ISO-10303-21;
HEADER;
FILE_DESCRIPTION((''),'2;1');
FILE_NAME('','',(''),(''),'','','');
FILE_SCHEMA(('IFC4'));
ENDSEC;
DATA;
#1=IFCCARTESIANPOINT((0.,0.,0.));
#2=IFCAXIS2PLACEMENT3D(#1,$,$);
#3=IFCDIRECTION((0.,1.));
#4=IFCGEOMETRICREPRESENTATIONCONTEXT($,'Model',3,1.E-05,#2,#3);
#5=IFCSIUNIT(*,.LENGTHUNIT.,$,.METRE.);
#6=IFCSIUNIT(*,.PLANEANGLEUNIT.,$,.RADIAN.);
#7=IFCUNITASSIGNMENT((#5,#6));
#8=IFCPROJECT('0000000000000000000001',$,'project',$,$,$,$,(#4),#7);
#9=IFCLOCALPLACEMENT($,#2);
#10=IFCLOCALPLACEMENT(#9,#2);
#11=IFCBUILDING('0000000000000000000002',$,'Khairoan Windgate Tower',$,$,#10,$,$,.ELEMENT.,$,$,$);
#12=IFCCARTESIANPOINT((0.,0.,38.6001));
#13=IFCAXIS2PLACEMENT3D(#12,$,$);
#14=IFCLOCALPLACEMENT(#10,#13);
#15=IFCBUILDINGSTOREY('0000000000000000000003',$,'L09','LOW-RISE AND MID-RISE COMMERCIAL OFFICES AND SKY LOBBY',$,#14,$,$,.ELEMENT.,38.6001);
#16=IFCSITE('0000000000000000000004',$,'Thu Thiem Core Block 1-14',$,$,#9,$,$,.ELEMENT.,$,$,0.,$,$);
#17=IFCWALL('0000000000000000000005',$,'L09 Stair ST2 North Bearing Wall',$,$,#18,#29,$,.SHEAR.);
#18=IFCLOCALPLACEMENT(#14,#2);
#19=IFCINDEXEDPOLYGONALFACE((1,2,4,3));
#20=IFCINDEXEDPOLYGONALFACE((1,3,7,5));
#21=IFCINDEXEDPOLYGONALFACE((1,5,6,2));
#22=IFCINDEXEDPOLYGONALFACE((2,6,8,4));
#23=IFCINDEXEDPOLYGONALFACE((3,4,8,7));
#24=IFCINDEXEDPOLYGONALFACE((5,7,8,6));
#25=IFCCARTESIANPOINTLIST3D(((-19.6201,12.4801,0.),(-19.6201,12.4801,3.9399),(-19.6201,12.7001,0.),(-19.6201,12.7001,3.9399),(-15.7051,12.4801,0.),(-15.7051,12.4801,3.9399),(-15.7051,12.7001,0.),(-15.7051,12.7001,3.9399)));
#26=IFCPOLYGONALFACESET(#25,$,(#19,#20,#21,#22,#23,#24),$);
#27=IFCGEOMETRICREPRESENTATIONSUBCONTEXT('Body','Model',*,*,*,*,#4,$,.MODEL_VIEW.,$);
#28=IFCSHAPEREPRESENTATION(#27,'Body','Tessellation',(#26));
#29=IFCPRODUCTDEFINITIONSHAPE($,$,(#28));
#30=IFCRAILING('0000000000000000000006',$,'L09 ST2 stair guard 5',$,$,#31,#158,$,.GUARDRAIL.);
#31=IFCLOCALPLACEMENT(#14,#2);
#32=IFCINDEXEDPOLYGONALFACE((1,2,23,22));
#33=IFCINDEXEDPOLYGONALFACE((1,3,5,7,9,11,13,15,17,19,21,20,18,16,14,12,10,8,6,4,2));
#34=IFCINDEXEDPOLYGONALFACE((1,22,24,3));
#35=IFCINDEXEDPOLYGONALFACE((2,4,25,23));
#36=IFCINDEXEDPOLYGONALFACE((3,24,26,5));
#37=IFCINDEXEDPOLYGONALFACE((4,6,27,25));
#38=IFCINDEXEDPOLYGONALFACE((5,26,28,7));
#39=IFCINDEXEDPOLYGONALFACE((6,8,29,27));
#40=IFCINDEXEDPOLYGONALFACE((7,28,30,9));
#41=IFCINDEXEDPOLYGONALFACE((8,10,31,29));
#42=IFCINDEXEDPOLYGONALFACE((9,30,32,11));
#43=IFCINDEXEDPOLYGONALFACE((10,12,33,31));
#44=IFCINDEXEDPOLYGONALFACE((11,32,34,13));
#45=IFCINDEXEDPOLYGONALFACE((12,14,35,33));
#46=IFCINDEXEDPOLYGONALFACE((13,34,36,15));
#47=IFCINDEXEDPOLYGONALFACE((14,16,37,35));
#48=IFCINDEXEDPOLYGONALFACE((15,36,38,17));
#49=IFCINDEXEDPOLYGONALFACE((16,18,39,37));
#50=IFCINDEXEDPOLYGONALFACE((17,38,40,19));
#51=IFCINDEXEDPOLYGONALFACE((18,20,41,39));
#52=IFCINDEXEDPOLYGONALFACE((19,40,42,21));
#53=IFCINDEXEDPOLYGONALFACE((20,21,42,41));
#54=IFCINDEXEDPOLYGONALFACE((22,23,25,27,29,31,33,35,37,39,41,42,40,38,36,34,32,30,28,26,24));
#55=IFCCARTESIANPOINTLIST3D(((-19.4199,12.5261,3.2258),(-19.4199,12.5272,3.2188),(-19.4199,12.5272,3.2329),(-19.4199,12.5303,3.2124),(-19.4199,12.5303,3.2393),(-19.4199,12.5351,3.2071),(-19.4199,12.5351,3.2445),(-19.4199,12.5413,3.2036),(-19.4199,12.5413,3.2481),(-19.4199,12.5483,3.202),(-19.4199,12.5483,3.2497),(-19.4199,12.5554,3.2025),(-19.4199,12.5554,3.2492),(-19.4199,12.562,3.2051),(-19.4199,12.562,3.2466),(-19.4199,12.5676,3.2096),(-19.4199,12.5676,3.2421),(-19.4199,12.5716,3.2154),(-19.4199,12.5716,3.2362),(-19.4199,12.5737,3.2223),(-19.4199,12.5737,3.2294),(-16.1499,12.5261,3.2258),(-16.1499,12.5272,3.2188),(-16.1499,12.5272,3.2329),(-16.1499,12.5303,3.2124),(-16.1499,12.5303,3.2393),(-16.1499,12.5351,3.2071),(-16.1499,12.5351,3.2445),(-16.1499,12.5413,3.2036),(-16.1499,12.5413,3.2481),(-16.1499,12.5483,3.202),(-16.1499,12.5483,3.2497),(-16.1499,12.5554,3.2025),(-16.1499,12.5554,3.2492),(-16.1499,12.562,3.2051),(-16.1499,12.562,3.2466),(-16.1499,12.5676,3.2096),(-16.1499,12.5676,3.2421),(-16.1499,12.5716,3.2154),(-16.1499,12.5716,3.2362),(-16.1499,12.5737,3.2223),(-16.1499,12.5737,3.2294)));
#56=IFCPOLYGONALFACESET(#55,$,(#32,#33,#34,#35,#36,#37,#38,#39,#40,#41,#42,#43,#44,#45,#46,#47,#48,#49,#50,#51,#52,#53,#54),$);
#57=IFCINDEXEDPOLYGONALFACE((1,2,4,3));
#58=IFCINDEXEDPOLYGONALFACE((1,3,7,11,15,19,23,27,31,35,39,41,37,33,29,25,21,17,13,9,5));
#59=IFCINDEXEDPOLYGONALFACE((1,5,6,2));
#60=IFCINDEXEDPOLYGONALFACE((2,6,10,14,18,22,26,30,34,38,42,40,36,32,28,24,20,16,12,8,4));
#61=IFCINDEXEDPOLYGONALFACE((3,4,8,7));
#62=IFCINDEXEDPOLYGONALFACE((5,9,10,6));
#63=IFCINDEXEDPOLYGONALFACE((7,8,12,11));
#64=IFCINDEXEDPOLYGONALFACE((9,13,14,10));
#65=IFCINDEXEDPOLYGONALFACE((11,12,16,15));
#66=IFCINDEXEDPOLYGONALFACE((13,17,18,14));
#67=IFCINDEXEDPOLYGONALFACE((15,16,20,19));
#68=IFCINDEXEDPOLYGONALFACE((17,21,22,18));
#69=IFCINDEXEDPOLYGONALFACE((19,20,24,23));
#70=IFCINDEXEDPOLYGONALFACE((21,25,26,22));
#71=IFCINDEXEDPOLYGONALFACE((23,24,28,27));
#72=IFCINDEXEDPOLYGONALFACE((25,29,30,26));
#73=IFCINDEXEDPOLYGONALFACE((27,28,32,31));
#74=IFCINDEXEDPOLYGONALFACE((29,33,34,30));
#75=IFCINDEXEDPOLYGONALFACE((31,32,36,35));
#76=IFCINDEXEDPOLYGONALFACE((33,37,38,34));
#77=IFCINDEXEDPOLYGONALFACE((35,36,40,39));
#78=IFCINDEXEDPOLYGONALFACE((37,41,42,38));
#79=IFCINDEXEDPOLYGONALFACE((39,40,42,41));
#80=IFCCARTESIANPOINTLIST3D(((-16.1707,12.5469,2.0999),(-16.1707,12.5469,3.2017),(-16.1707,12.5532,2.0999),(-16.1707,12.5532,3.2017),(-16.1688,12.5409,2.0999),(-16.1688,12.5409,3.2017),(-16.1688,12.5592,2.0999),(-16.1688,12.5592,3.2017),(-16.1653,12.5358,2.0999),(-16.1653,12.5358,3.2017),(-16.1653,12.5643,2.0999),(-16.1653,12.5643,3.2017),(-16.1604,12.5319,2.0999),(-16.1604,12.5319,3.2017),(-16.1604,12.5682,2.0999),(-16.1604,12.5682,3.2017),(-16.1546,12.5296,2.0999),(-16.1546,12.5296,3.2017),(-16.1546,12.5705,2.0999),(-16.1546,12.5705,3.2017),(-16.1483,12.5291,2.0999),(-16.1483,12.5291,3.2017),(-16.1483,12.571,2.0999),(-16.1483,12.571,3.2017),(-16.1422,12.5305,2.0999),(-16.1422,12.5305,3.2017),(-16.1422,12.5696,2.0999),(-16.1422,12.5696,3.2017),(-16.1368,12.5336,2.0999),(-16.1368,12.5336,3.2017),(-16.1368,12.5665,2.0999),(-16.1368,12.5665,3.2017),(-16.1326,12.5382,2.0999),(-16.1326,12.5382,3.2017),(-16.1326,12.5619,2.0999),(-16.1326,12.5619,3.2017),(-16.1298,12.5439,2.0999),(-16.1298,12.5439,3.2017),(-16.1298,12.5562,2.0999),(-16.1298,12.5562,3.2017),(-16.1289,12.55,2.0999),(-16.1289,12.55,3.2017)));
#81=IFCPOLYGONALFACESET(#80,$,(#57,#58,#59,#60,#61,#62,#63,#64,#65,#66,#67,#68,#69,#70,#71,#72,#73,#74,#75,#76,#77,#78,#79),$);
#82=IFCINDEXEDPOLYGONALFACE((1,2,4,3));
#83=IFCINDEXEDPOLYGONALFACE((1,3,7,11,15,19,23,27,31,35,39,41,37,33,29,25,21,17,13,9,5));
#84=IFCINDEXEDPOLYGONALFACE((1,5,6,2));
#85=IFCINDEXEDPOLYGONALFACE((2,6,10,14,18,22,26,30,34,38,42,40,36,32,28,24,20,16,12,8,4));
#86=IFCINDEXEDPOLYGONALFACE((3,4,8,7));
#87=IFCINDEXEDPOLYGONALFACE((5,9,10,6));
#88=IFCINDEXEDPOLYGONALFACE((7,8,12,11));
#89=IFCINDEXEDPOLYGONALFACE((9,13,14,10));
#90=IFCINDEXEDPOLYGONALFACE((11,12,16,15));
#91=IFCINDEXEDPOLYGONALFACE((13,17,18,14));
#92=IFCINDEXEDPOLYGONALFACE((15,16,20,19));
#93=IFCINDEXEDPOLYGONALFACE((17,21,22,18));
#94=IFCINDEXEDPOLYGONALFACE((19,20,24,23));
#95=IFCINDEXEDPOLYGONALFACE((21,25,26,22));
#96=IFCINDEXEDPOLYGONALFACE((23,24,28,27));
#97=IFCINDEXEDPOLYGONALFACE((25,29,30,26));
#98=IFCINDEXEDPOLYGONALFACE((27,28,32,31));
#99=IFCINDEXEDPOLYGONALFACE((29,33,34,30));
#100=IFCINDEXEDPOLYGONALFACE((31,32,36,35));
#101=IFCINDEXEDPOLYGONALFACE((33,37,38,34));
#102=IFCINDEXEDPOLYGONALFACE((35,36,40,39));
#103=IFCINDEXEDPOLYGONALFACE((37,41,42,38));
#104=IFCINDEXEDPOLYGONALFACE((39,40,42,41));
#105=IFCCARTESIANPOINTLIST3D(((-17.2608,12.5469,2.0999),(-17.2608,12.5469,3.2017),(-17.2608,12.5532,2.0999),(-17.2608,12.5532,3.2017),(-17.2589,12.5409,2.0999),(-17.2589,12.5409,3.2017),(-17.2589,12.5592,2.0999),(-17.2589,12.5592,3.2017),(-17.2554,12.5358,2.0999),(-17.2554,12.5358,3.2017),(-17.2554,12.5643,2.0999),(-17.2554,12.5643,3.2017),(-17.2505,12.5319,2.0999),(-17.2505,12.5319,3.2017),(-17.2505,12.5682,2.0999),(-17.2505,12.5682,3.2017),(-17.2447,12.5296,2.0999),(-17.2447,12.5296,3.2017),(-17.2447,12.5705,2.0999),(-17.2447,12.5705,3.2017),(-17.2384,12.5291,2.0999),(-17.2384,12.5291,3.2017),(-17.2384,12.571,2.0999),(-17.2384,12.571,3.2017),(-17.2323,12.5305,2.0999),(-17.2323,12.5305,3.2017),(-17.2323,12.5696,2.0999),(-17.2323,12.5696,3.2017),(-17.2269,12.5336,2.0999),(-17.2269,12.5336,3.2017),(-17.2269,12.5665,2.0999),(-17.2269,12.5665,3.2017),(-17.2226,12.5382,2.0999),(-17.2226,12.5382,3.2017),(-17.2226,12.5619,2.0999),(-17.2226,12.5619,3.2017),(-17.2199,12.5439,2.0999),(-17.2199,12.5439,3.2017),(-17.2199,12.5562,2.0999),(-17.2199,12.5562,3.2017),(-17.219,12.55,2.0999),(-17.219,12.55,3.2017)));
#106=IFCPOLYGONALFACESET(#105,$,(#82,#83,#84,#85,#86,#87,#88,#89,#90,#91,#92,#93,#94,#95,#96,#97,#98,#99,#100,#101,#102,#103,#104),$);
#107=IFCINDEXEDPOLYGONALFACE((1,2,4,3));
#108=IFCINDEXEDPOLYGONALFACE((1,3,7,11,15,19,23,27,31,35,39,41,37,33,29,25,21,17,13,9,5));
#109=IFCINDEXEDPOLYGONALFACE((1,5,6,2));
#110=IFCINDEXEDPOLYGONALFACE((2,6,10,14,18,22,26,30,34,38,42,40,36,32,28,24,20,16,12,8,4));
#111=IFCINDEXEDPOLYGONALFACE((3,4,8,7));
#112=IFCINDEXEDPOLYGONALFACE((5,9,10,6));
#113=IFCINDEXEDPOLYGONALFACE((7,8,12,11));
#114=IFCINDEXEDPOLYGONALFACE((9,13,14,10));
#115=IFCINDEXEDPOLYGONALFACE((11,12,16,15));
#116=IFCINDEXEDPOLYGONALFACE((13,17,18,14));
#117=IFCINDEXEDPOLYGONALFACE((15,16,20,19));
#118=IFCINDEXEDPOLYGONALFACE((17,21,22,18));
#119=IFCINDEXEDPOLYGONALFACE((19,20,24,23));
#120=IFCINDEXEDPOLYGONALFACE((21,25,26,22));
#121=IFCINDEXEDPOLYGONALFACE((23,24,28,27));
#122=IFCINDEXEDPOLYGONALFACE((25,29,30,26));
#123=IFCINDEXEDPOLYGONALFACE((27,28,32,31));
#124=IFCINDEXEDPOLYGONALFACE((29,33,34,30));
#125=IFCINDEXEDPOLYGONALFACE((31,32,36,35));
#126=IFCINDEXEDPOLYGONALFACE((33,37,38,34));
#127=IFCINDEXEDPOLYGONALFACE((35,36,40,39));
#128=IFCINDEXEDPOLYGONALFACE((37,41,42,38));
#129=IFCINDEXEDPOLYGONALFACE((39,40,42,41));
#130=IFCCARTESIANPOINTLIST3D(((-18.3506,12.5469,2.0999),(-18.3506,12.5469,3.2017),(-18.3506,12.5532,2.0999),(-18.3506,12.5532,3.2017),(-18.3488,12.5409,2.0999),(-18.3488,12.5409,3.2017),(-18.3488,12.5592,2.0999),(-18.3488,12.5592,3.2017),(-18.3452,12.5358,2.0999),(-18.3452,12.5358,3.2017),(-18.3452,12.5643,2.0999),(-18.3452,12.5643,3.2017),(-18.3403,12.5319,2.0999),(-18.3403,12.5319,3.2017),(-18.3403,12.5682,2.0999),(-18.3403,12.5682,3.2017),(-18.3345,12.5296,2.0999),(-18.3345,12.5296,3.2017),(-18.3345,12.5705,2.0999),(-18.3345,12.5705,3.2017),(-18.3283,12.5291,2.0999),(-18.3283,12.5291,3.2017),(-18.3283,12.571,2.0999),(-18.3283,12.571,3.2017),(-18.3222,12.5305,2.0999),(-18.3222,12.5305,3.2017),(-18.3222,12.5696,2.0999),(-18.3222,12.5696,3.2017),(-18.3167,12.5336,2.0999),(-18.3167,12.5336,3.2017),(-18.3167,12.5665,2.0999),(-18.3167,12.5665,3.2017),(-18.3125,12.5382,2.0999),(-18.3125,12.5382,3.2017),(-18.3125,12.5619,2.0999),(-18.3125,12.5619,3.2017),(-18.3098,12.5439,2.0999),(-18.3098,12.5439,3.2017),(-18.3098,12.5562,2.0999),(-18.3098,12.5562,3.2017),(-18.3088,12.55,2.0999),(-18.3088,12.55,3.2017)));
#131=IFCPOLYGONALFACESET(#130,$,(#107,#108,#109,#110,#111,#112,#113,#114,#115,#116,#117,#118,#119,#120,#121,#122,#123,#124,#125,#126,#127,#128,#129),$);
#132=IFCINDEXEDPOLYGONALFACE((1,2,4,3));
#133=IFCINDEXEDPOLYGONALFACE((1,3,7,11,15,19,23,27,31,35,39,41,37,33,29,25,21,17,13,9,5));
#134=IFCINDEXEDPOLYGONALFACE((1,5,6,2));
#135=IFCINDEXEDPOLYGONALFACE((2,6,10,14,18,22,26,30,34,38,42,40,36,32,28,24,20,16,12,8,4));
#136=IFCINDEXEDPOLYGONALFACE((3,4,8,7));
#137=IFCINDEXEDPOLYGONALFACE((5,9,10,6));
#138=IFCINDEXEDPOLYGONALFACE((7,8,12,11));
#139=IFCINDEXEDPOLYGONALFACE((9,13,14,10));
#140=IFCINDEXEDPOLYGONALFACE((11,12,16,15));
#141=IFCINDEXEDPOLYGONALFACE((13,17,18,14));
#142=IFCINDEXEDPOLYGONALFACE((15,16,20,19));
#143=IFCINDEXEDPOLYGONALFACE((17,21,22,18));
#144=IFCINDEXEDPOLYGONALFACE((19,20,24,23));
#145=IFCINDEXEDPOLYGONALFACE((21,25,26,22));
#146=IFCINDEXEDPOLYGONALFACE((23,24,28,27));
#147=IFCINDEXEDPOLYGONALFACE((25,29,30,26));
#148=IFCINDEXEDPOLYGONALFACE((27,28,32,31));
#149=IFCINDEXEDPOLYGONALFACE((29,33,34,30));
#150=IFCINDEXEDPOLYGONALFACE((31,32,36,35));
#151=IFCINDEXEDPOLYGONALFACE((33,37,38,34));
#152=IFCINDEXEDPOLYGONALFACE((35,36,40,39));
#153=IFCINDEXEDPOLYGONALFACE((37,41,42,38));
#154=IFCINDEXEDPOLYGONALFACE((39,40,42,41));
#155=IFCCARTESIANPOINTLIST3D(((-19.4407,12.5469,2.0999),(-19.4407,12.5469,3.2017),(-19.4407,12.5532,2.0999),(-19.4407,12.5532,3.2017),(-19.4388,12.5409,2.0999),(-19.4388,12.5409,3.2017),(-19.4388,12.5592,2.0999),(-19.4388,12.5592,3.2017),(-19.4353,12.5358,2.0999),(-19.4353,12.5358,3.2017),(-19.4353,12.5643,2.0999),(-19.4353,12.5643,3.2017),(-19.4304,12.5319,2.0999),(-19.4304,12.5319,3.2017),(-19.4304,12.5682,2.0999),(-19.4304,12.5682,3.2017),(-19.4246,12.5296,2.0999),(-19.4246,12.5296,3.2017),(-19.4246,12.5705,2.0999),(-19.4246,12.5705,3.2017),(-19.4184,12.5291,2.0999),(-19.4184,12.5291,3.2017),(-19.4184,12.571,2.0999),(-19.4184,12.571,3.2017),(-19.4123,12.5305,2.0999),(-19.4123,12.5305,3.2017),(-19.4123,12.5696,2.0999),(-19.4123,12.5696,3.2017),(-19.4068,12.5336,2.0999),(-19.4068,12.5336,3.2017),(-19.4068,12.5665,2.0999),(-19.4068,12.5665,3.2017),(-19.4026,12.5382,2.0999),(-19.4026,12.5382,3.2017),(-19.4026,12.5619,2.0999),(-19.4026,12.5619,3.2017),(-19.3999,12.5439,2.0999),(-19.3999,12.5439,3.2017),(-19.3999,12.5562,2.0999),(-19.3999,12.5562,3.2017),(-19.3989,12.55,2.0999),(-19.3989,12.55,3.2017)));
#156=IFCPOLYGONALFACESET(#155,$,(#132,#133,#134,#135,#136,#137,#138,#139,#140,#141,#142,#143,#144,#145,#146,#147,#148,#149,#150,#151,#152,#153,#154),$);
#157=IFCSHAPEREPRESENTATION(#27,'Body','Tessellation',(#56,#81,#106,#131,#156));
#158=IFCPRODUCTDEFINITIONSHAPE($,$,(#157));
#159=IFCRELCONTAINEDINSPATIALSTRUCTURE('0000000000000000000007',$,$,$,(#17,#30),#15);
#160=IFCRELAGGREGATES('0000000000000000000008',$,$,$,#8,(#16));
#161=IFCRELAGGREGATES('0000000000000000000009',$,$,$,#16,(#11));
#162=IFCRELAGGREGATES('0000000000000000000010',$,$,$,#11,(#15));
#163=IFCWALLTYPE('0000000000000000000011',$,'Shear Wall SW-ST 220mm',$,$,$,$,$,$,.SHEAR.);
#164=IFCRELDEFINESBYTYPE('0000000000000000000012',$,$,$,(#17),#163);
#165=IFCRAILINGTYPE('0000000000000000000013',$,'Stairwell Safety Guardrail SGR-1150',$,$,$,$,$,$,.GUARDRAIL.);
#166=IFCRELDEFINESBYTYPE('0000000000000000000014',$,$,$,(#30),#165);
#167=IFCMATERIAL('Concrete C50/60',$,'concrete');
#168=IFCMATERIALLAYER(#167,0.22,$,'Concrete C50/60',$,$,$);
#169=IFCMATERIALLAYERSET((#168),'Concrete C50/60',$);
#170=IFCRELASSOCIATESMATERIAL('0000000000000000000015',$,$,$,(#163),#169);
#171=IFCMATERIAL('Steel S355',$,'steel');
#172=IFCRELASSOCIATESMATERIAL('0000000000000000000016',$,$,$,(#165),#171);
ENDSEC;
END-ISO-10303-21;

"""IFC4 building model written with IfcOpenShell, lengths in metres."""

from ifc_helpers import new_model, si_unit, direction, frame, frame_2d, origin, origin_2d, place, context, subcontext, project, spatial, rectangle, circle, extrude, material, layer, layer_set, type_object, element, save


model = new_model("IFC4")

# Units and contexts
model_context = context("Model", 3, precision=1e-05, world=origin(), true_north=direction((0.0, 1.0)))
body_context = subcontext(model_context, "Body", "Model", "MODEL_VIEW")
ifc_project = project(units=[si_unit("LENGTHUNIT", "METRE"), si_unit("PLANEANGLEUNIT", "RADIAN")], contexts=[model_context])

# Site, building, storey
site_placement = place(None, origin())
site = spatial("IfcSite", under=ifc_project, at=site_placement, Name="Thu Thiem Core Block 1-14", CompositionType="ELEMENT", RefElevation=0.0)
building_placement = place(site_placement, origin())
building = spatial("IfcBuilding", under=site, at=building_placement, Name="Khairoan Windgate Tower", CompositionType="ELEMENT")
storey_placement = place(building_placement, frame((0.0, 0.0, 38.6001)))
storey = spatial("IfcBuildingStorey", under=building, at=storey_placement, Name="L09", Description="LOW-RISE AND MID-RISE COMMERCIAL OFFICES AND SKY LOBBY", CompositionType="ELEMENT", Elevation=38.6001)

# Wall
ifc_material_1 = material(Name="Concrete C50/60", Category="concrete")
ifc_layer_1 = layer(ifc_material_1, 0.22, Name="Concrete C50/60")
ifc_layer_set_1 = layer_set([ifc_layer_1], Name="Concrete C50/60")
wall_type_1 = type_object("IfcWallType", Name="Shear Wall SW-ST 220mm", PredefinedType="SHEAR", material=ifc_layer_set_1)
wall_1_placement = place(storey_placement, frame((-19.6201, 12.5901, 0.0), z_axis=(0.0, 0.0, 1.0), x_axis=(1.0, 0.0, 0.0)))
element("IfcWall", 1, at=wall_1_placement, inside=storey, type_object=wall_type_1, Name="L09 Stair ST2 North Bearing Wall", PredefinedType="SHEAR", context=body_context, shape_type="SweptSolid", body=[
    extrude(rectangle(XDim=3.915, YDim=0.22, at=frame_2d((1.9575, 0.0))), origin(), (0.0, 0.0, 1.0), 3.9399),
])

# Railing
ifc_material_2 = material(Name="Steel S355", Category="steel")
railing_type = type_object("IfcRailingType", Name="Stairwell Safety Guardrail SGR-1150", PredefinedType="GUARDRAIL", material=ifc_material_2)
railing_1_placement = place(storey_placement, frame((-16.1499, 12.55, 2.0999)))
element("IfcRailing", 2, at=railing_1_placement, inside=storey, type_object=railing_type, Name="L09 ST2 stair guard 5", PredefinedType="GUARDRAIL", context=body_context, shape_type="SweptSolid", body=[
    extrude(circle(Radius=0.0239, at=origin_2d()), frame((0.0, 0.0, 1.126), z_axis=(-1.0, 0.0, 0.0), x_axis=(0.0, -1.0, 0.0)), (0.0, 0.0, 1.0), 3.27),
    extrude(circle(Radius=0.021, at=origin_2d()), origin(), (0.0, 0.0, 1.0), 1.1018),
    extrude(circle(Radius=0.021, at=origin_2d()), frame((-1.0901, 0.0, 0.0)), (0.0, 0.0, 1.0), 1.1018),
    extrude(circle(Radius=0.021, at=origin_2d()), frame((-2.1799, 0.0, 0.0)), (0.0, 0.0, 1.0), 1.1018),
    extrude(circle(Radius=0.021, at=origin_2d()), frame((-3.27, 0.0, 0.0)), (0.0, 0.0, 1.0), 1.1018),
])

save(model, "model.ifc")
